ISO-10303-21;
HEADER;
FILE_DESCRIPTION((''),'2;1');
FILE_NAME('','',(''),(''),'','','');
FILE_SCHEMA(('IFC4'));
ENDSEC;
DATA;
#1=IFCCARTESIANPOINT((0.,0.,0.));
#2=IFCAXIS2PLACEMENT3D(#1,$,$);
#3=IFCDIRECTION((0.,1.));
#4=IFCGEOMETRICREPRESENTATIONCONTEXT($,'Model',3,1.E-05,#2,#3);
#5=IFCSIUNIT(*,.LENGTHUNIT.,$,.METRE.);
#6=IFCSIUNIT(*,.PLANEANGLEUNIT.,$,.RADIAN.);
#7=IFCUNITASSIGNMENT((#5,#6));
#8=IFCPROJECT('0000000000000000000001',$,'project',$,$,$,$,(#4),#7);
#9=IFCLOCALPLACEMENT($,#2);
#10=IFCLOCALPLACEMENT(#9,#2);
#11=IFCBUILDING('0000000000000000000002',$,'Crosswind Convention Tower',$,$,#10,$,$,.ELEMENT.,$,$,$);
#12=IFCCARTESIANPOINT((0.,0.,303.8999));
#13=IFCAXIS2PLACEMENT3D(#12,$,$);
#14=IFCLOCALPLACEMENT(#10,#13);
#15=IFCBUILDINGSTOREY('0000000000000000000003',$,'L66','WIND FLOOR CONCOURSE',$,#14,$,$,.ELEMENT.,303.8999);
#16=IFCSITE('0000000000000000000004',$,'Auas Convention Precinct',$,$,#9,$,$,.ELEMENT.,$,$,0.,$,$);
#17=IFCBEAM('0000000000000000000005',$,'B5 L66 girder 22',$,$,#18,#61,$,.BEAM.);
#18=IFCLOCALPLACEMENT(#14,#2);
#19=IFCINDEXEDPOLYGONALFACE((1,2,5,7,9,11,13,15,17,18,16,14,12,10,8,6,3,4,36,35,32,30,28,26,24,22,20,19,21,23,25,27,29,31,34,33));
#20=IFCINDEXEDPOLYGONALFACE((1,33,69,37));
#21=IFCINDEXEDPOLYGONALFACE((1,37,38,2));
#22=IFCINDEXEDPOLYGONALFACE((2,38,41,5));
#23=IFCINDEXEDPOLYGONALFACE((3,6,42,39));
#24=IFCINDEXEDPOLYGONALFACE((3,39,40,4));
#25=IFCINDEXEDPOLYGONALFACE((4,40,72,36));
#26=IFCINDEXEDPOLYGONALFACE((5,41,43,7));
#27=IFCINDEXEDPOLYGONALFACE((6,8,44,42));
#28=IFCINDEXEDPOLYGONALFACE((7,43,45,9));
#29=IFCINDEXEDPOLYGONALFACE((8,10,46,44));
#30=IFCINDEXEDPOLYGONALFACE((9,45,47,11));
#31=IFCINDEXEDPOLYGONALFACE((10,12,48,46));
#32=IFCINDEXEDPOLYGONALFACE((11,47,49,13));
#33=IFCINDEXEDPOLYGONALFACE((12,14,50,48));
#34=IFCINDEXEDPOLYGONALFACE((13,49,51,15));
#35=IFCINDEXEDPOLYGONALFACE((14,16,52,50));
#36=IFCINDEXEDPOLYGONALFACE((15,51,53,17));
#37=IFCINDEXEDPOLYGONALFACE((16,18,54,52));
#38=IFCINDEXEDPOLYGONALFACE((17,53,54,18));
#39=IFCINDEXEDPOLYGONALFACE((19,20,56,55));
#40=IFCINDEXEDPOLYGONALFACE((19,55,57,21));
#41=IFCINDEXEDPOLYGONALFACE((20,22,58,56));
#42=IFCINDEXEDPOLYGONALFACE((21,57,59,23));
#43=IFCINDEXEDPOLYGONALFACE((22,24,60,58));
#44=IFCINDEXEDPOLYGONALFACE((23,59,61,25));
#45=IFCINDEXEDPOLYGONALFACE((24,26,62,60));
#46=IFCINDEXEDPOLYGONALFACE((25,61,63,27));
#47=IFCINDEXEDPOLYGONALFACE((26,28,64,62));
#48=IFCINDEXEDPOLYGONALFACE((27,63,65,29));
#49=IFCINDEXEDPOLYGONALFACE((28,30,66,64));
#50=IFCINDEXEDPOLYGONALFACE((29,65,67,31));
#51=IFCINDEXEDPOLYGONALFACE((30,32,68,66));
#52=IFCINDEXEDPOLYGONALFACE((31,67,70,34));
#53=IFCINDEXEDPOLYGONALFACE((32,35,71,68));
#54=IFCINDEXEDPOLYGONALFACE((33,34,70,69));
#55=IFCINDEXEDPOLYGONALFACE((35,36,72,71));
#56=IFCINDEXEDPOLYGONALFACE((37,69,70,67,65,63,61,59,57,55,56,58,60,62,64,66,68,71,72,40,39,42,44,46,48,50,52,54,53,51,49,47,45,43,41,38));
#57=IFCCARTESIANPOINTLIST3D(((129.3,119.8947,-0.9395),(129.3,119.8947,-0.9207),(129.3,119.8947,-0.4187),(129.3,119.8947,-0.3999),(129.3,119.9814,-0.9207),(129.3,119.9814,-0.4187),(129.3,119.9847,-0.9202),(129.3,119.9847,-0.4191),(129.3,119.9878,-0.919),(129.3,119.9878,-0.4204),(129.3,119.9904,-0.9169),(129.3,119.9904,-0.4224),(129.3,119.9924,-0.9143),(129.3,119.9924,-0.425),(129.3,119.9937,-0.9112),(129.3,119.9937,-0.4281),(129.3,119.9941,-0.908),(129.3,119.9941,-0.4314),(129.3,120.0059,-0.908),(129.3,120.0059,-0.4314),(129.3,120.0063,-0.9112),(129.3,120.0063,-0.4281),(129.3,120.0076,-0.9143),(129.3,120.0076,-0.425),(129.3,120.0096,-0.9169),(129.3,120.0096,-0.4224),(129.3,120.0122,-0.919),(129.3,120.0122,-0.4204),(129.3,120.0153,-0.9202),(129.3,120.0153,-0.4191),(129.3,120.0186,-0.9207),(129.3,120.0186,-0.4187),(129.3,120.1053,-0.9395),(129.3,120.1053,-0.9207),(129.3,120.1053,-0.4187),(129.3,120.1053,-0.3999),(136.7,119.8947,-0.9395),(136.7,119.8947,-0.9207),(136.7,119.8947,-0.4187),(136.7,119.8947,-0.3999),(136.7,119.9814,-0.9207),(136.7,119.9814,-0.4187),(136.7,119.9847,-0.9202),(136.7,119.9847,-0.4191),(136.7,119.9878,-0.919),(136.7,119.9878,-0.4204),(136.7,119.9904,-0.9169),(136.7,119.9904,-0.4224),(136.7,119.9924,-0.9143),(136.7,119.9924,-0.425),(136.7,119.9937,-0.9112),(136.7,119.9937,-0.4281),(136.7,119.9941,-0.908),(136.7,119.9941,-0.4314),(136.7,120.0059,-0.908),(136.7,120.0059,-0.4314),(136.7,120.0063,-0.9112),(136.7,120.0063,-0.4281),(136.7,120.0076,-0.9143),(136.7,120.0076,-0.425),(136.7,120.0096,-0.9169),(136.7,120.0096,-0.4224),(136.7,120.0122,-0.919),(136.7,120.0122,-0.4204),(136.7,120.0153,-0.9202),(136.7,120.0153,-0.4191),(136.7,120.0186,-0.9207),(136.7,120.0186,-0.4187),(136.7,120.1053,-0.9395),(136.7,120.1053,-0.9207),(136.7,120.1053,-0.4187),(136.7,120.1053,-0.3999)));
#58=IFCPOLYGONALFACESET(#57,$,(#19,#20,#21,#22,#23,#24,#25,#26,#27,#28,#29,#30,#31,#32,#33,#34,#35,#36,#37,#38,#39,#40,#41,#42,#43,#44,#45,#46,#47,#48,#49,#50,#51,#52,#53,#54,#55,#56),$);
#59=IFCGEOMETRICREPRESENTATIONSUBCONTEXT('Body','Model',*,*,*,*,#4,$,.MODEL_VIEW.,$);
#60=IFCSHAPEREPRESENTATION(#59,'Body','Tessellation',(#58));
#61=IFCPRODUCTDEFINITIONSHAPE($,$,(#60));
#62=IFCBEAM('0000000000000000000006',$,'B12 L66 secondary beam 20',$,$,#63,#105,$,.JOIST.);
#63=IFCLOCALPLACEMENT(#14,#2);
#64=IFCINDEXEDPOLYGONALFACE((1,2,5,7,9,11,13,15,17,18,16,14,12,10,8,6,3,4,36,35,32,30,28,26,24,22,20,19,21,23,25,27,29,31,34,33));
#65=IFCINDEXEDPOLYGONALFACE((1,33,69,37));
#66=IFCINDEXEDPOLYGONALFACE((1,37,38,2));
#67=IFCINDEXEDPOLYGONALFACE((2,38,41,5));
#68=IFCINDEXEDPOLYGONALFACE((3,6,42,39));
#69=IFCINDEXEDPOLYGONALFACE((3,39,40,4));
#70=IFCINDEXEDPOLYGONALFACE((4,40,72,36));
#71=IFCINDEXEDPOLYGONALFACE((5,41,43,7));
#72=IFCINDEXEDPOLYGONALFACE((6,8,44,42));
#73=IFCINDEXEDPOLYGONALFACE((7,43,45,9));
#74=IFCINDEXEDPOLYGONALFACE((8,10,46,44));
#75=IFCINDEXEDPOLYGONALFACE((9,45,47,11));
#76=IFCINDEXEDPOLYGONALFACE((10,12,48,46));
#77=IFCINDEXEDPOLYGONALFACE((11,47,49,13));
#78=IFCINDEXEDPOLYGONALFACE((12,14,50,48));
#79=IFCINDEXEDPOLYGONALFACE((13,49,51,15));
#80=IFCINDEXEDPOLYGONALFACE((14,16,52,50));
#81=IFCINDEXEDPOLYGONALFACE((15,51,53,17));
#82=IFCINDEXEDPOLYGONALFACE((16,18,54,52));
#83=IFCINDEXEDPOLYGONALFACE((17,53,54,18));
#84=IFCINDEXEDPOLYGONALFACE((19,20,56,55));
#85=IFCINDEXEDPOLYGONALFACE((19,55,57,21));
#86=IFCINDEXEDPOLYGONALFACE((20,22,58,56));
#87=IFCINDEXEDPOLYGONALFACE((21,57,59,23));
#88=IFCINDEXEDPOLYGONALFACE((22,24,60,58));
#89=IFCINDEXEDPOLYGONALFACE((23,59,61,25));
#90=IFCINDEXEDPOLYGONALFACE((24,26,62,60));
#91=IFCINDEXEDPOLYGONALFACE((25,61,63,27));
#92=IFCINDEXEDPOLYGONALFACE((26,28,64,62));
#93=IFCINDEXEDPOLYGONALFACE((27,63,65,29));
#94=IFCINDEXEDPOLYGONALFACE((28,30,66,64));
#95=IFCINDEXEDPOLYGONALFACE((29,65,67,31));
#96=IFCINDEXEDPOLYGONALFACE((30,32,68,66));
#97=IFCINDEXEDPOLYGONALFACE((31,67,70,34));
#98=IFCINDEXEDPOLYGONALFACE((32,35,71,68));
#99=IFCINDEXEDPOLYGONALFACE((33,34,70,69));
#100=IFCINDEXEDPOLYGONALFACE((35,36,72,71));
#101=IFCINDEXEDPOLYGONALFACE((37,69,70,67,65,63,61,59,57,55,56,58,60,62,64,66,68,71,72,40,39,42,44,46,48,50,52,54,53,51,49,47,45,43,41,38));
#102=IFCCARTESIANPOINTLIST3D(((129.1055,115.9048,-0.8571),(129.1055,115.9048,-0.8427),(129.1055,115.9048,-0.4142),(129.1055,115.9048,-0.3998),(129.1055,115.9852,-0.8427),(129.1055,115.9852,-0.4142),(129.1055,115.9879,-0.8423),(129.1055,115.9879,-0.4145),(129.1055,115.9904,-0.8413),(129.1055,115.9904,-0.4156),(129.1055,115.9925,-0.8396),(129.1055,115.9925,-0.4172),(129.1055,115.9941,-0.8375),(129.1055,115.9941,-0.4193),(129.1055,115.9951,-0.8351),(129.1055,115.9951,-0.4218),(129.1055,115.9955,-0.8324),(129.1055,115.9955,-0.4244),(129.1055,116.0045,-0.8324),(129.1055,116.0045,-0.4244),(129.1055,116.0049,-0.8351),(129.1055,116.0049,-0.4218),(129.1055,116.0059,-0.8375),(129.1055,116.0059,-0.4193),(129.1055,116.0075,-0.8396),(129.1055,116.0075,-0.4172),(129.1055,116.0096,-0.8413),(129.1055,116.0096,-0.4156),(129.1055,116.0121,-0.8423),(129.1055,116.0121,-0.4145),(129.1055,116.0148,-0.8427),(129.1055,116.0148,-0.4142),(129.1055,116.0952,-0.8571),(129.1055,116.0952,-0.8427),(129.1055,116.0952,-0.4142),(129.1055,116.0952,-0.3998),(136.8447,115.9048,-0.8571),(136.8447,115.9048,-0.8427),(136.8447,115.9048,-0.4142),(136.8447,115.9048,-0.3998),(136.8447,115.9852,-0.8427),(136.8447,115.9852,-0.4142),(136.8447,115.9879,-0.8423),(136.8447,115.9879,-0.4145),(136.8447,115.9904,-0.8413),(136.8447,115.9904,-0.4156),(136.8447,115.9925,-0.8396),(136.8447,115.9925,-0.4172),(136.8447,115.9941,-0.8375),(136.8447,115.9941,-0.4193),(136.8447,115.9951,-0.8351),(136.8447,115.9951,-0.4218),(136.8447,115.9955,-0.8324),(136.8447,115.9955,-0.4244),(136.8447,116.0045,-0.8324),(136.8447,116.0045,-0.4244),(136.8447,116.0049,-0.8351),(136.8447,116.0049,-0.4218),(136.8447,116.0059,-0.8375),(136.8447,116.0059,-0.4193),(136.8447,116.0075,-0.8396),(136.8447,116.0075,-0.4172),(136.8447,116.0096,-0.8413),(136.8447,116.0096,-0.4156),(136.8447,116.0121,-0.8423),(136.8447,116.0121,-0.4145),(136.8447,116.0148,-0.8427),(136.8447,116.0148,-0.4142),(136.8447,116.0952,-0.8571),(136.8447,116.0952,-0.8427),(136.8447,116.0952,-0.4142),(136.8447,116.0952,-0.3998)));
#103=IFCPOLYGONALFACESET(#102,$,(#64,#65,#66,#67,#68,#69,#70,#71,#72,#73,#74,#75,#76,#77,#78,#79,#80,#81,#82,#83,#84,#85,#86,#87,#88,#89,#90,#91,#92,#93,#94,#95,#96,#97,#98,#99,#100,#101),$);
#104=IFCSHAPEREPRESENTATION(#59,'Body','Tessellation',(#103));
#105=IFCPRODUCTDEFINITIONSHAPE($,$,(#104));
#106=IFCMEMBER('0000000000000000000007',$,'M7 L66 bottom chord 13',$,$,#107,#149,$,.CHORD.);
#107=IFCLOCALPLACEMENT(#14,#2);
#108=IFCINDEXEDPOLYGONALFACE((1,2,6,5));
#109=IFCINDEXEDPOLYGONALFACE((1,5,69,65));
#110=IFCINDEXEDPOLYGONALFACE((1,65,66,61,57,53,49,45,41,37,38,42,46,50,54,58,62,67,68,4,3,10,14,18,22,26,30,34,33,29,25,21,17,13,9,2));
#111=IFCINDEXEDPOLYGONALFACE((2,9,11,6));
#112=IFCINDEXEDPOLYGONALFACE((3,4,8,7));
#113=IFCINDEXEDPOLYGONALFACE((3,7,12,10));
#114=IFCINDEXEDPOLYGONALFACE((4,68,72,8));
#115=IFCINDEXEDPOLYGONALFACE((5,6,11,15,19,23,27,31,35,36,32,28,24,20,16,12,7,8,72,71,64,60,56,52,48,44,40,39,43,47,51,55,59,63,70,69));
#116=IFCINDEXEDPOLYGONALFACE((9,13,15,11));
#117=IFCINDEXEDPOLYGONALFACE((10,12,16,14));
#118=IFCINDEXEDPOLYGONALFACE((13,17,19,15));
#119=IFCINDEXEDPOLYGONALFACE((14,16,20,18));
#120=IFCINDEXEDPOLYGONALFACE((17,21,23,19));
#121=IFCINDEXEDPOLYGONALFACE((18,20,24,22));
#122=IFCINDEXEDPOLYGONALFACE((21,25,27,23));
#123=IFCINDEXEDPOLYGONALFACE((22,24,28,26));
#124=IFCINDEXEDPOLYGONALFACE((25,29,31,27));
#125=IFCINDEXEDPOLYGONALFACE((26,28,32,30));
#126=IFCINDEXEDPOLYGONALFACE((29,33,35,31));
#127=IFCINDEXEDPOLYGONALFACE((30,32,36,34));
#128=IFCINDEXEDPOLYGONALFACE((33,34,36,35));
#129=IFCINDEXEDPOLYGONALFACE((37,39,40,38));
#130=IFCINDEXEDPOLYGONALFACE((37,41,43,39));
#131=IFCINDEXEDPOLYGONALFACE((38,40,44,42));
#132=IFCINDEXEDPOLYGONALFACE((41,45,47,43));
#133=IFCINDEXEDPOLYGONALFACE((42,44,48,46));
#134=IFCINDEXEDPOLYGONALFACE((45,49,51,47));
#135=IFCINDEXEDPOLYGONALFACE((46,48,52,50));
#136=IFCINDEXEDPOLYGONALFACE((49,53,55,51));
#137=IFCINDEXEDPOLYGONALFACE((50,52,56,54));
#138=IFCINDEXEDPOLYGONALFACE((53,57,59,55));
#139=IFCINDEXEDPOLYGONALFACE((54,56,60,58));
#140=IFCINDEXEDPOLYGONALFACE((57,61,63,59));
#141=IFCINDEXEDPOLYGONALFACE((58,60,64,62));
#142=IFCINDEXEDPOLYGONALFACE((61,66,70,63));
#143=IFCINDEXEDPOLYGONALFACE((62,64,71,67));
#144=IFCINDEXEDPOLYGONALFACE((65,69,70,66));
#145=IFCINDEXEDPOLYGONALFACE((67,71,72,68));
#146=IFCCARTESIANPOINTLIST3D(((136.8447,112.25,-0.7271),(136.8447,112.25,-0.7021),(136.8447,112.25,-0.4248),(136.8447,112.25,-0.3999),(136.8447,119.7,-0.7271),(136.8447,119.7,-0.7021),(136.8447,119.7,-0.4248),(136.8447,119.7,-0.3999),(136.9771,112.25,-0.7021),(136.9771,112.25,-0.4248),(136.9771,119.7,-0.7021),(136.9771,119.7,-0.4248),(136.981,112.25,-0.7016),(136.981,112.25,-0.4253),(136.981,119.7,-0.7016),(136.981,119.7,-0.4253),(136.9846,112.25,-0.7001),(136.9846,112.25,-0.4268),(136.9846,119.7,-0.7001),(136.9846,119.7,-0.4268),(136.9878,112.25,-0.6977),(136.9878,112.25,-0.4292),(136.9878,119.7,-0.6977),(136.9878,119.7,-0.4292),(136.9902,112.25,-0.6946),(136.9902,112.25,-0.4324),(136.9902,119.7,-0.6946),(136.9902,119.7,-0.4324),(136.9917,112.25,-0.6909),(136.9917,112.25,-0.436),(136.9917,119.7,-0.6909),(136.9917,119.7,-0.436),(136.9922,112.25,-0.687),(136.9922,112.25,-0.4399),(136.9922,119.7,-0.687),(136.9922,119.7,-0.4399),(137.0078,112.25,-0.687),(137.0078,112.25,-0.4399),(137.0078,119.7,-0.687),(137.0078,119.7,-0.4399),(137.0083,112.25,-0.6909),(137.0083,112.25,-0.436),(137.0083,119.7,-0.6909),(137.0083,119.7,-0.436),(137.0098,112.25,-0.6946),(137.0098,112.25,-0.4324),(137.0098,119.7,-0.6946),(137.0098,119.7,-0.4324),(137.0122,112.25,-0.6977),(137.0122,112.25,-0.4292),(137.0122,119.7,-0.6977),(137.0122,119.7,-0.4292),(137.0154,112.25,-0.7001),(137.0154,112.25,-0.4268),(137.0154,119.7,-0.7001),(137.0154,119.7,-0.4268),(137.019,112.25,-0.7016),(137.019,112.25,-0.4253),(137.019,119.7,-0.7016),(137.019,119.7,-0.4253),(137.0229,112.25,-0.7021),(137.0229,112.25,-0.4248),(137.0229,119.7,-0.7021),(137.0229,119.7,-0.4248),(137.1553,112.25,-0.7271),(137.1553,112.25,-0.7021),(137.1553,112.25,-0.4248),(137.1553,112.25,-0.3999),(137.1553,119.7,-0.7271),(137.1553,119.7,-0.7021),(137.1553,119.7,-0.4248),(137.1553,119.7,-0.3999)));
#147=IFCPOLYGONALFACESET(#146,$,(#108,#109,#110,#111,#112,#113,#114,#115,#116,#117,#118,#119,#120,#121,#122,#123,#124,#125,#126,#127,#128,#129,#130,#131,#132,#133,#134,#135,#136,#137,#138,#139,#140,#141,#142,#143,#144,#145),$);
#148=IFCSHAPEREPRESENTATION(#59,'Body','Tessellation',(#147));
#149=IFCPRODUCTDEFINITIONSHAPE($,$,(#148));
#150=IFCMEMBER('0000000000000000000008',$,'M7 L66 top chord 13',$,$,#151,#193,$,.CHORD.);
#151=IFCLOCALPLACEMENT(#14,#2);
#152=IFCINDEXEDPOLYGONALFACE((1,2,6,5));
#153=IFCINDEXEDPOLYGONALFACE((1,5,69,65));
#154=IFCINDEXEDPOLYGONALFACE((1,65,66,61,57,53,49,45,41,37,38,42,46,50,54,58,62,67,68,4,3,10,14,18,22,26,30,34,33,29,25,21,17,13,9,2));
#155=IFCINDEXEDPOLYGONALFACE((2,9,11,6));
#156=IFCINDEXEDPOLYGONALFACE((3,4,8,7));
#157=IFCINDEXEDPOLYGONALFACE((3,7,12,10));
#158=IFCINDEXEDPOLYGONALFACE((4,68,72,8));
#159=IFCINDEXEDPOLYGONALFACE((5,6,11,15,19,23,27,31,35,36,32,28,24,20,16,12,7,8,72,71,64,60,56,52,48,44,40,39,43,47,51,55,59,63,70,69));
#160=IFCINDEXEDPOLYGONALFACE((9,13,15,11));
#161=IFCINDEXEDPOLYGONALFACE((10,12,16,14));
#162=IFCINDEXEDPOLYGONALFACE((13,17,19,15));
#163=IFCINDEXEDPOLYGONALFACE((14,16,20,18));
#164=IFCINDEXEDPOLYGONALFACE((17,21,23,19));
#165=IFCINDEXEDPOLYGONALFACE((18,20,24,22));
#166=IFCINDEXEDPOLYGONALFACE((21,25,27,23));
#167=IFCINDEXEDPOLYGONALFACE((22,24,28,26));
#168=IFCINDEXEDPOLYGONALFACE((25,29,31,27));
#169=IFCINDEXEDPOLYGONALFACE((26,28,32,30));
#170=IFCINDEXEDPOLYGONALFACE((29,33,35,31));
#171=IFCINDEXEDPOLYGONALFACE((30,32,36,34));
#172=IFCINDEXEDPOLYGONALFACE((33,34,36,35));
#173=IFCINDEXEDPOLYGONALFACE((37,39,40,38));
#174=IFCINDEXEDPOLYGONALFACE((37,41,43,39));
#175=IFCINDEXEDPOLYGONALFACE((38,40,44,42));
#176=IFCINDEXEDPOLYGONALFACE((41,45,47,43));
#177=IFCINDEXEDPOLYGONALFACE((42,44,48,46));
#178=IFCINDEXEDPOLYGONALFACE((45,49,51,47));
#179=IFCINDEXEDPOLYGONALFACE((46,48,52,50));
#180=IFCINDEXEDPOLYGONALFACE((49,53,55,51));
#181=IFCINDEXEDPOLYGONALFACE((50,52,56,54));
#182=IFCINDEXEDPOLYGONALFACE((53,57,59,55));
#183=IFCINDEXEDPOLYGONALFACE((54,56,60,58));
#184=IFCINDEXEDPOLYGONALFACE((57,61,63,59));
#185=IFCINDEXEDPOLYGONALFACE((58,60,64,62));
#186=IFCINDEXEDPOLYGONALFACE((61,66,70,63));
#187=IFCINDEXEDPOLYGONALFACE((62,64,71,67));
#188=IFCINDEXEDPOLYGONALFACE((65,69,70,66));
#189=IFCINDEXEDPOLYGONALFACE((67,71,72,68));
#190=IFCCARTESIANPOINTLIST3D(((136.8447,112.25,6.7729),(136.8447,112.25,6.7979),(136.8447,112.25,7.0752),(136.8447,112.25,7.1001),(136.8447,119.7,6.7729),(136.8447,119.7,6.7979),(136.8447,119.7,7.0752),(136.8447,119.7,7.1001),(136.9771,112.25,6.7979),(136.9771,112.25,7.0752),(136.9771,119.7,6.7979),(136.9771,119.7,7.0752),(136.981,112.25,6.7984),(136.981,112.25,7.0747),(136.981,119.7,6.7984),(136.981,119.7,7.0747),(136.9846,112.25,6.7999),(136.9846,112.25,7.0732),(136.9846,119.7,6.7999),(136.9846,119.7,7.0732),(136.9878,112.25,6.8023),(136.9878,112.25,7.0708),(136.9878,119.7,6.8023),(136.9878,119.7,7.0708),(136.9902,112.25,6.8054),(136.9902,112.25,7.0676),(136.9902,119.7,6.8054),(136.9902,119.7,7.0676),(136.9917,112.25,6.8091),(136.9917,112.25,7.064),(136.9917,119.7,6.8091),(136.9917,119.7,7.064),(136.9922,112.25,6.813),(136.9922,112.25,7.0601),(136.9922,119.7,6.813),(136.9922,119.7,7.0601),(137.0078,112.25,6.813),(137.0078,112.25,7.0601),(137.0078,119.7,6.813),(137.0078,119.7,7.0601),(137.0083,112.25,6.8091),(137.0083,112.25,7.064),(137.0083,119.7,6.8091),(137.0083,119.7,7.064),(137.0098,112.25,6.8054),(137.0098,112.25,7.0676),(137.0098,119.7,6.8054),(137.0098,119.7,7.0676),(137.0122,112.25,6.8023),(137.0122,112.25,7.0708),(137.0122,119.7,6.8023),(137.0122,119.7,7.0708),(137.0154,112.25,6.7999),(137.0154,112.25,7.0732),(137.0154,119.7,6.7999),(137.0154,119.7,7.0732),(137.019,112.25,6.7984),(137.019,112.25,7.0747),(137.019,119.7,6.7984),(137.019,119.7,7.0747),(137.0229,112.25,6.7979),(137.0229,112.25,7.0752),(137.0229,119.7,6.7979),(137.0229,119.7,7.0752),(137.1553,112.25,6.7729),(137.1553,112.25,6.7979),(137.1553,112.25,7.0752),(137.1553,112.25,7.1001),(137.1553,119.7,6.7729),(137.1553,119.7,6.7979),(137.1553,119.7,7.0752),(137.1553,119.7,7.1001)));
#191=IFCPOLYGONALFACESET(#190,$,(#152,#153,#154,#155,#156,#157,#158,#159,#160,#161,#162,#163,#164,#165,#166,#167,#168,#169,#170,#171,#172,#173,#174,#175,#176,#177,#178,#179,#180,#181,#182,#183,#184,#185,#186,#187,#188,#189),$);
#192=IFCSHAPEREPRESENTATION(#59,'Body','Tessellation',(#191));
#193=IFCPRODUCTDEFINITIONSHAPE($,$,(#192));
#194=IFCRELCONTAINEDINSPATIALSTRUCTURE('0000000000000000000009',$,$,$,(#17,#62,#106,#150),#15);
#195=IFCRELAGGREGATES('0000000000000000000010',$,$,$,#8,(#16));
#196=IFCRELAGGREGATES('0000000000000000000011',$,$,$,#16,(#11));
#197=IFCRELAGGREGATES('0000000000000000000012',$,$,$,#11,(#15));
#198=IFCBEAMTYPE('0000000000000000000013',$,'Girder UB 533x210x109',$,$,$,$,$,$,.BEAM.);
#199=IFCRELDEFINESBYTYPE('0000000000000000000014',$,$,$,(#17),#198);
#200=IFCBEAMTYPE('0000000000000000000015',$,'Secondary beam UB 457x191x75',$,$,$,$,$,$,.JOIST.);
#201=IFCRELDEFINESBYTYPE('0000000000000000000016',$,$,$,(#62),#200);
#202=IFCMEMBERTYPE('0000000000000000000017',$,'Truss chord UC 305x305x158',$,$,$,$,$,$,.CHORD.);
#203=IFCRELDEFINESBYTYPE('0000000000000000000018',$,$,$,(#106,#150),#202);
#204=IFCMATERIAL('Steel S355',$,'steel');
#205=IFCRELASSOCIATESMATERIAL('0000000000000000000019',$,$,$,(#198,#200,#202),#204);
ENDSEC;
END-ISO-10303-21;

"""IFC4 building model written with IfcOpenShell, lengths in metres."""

from ifc_helpers import new_model, si_unit, direction, frame, origin, origin_2d, place, context, subcontext, project, spatial, i_section, extrude, material, material_profile, profile_set, type_object, element, save


model = new_model("IFC4")

# Units and contexts
model_context = context("Model", 3, precision=1e-05, world=origin(), true_north=direction((0.0, 1.0)))
body_context = subcontext(model_context, "Body", "Model", "MODEL_VIEW")
ifc_project = project(units=[si_unit("LENGTHUNIT", "METRE"), si_unit("PLANEANGLEUNIT", "RADIAN")], contexts=[model_context])

# Site, building, storey
site_placement = place(None, origin())
site = spatial("IfcSite", under=ifc_project, at=site_placement, Name="Auas Convention Precinct", CompositionType="ELEMENT", RefElevation=0.0)
building_placement = place(site_placement, origin())
building = spatial("IfcBuilding", under=site, at=building_placement, Name="Crosswind Convention Tower", CompositionType="ELEMENT")
storey_placement = place(building_placement, frame((0.0, 0.0, 303.8999)))
storey = spatial("IfcBuildingStorey", under=building, at=storey_placement, Name="L66", Description="WIND FLOOR CONCOURSE", CompositionType="ELEMENT", Elevation=303.8999)

# Beams
ifc_material_1 = material(Name="Steel S355", Category="steel")
ifc_material_profile_1 = material_profile(ifc_material_1, i_section(OverallWidth=0.2107, OverallDepth=0.5396, WebThickness=0.0117, FlangeThickness=0.0188, FilletRadius=0.0127, at=origin_2d()), Name="UB 533x210x109")
ifc_profile_set_1 = profile_set([ifc_material_profile_1], Name="Steel S355")
beam_type_1 = type_object("IfcBeamType", Name="Girder UB 533x210x109", PredefinedType="BEAM", material=ifc_profile_set_1)
for number, where, z_axis, x_axis, name in (
    (1, (129.3, 120.0, -0.6697), (1.0, 0.0, 0.0), (0.0, 1.0, 0.0), "B5 L66 girder 22"),
):
    element("IfcBeam", number, at=place(storey_placement, frame(where, z_axis=z_axis, x_axis=x_axis)), inside=storey, type_object=beam_type_1, Name=name, PredefinedType="BEAM", context=body_context, shape_type="SweptSolid", body=[
        extrude(i_section(OverallWidth=0.2107, OverallDepth=0.5396, WebThickness=0.0117, FlangeThickness=0.0188, FilletRadius=0.0127, at=origin_2d()), origin(), (0.0, 0.0, 1.0), 7.3999),
    ])
ifc_material_profile_2 = material_profile(ifc_material_1, i_section(OverallWidth=0.1904, OverallDepth=0.4573, WebThickness=0.009, FlangeThickness=0.0144, FilletRadius=0.0103, at=origin_2d()), Name="UB 457x191x75")
ifc_profile_set_2 = profile_set([ifc_material_profile_2], Name="Steel S355")
beam_type_2 = type_object("IfcBeamType", Name="Secondary beam UB 457x191x75", PredefinedType="JOIST", material=ifc_profile_set_2)
beam_placement = place(storey_placement, frame((129.1055, 116.0, -0.6284), z_axis=(1.0, 0.0, 0.0), x_axis=(0.0, 1.0, 0.0)))
element("IfcBeam", 2, at=beam_placement, inside=storey, type_object=beam_type_2, Name="B12 L66 secondary beam 20", PredefinedType="JOIST", context=body_context, shape_type="SweptSolid", body=[
    extrude(i_section(OverallWidth=0.1904, OverallDepth=0.4573, WebThickness=0.009, FlangeThickness=0.0144, FilletRadius=0.0103, at=origin_2d()), origin(), (0.0, 0.0, 1.0), 7.7393),
])

# Members
ifc_material_profile_3 = material_profile(ifc_material_1, i_section(OverallWidth=0.3105, OverallDepth=0.3271, WebThickness=0.0156, FlangeThickness=0.0249, FilletRadius=0.0151, at=origin_2d()), Name="UC 305x305x158")
ifc_profile_set_3 = profile_set([ifc_material_profile_3], Name="Steel S355")
member_type_1 = type_object("IfcMemberType", Name="Truss chord UC 305x305x158", PredefinedType="CHORD", material=ifc_profile_set_3)
for number, where, z_axis, x_axis, name in (
    (3, (137.0, 112.25, -0.5635), (0.0, 1.0, 0.0), (-1.0, 0.0, 0.0), "M7 L66 bottom chord 13"),
    (4, (137.0, 112.25, 6.9365), (0.0, 1.0, 0.0), (-1.0, 0.0, 0.0), "M7 L66 top chord 13"),
):
    element("IfcMember", number, at=place(storey_placement, frame(where, z_axis=z_axis, x_axis=x_axis)), inside=storey, type_object=member_type_1, Name=name, PredefinedType="CHORD", context=body_context, shape_type="SweptSolid", body=[
        extrude(i_section(OverallWidth=0.3105, OverallDepth=0.3271, WebThickness=0.0156, FlangeThickness=0.0249, FilletRadius=0.0151, at=origin_2d()), origin(), (0.0, 0.0, 1.0), 7.45),
    ])

save(model, "model.ifc")
